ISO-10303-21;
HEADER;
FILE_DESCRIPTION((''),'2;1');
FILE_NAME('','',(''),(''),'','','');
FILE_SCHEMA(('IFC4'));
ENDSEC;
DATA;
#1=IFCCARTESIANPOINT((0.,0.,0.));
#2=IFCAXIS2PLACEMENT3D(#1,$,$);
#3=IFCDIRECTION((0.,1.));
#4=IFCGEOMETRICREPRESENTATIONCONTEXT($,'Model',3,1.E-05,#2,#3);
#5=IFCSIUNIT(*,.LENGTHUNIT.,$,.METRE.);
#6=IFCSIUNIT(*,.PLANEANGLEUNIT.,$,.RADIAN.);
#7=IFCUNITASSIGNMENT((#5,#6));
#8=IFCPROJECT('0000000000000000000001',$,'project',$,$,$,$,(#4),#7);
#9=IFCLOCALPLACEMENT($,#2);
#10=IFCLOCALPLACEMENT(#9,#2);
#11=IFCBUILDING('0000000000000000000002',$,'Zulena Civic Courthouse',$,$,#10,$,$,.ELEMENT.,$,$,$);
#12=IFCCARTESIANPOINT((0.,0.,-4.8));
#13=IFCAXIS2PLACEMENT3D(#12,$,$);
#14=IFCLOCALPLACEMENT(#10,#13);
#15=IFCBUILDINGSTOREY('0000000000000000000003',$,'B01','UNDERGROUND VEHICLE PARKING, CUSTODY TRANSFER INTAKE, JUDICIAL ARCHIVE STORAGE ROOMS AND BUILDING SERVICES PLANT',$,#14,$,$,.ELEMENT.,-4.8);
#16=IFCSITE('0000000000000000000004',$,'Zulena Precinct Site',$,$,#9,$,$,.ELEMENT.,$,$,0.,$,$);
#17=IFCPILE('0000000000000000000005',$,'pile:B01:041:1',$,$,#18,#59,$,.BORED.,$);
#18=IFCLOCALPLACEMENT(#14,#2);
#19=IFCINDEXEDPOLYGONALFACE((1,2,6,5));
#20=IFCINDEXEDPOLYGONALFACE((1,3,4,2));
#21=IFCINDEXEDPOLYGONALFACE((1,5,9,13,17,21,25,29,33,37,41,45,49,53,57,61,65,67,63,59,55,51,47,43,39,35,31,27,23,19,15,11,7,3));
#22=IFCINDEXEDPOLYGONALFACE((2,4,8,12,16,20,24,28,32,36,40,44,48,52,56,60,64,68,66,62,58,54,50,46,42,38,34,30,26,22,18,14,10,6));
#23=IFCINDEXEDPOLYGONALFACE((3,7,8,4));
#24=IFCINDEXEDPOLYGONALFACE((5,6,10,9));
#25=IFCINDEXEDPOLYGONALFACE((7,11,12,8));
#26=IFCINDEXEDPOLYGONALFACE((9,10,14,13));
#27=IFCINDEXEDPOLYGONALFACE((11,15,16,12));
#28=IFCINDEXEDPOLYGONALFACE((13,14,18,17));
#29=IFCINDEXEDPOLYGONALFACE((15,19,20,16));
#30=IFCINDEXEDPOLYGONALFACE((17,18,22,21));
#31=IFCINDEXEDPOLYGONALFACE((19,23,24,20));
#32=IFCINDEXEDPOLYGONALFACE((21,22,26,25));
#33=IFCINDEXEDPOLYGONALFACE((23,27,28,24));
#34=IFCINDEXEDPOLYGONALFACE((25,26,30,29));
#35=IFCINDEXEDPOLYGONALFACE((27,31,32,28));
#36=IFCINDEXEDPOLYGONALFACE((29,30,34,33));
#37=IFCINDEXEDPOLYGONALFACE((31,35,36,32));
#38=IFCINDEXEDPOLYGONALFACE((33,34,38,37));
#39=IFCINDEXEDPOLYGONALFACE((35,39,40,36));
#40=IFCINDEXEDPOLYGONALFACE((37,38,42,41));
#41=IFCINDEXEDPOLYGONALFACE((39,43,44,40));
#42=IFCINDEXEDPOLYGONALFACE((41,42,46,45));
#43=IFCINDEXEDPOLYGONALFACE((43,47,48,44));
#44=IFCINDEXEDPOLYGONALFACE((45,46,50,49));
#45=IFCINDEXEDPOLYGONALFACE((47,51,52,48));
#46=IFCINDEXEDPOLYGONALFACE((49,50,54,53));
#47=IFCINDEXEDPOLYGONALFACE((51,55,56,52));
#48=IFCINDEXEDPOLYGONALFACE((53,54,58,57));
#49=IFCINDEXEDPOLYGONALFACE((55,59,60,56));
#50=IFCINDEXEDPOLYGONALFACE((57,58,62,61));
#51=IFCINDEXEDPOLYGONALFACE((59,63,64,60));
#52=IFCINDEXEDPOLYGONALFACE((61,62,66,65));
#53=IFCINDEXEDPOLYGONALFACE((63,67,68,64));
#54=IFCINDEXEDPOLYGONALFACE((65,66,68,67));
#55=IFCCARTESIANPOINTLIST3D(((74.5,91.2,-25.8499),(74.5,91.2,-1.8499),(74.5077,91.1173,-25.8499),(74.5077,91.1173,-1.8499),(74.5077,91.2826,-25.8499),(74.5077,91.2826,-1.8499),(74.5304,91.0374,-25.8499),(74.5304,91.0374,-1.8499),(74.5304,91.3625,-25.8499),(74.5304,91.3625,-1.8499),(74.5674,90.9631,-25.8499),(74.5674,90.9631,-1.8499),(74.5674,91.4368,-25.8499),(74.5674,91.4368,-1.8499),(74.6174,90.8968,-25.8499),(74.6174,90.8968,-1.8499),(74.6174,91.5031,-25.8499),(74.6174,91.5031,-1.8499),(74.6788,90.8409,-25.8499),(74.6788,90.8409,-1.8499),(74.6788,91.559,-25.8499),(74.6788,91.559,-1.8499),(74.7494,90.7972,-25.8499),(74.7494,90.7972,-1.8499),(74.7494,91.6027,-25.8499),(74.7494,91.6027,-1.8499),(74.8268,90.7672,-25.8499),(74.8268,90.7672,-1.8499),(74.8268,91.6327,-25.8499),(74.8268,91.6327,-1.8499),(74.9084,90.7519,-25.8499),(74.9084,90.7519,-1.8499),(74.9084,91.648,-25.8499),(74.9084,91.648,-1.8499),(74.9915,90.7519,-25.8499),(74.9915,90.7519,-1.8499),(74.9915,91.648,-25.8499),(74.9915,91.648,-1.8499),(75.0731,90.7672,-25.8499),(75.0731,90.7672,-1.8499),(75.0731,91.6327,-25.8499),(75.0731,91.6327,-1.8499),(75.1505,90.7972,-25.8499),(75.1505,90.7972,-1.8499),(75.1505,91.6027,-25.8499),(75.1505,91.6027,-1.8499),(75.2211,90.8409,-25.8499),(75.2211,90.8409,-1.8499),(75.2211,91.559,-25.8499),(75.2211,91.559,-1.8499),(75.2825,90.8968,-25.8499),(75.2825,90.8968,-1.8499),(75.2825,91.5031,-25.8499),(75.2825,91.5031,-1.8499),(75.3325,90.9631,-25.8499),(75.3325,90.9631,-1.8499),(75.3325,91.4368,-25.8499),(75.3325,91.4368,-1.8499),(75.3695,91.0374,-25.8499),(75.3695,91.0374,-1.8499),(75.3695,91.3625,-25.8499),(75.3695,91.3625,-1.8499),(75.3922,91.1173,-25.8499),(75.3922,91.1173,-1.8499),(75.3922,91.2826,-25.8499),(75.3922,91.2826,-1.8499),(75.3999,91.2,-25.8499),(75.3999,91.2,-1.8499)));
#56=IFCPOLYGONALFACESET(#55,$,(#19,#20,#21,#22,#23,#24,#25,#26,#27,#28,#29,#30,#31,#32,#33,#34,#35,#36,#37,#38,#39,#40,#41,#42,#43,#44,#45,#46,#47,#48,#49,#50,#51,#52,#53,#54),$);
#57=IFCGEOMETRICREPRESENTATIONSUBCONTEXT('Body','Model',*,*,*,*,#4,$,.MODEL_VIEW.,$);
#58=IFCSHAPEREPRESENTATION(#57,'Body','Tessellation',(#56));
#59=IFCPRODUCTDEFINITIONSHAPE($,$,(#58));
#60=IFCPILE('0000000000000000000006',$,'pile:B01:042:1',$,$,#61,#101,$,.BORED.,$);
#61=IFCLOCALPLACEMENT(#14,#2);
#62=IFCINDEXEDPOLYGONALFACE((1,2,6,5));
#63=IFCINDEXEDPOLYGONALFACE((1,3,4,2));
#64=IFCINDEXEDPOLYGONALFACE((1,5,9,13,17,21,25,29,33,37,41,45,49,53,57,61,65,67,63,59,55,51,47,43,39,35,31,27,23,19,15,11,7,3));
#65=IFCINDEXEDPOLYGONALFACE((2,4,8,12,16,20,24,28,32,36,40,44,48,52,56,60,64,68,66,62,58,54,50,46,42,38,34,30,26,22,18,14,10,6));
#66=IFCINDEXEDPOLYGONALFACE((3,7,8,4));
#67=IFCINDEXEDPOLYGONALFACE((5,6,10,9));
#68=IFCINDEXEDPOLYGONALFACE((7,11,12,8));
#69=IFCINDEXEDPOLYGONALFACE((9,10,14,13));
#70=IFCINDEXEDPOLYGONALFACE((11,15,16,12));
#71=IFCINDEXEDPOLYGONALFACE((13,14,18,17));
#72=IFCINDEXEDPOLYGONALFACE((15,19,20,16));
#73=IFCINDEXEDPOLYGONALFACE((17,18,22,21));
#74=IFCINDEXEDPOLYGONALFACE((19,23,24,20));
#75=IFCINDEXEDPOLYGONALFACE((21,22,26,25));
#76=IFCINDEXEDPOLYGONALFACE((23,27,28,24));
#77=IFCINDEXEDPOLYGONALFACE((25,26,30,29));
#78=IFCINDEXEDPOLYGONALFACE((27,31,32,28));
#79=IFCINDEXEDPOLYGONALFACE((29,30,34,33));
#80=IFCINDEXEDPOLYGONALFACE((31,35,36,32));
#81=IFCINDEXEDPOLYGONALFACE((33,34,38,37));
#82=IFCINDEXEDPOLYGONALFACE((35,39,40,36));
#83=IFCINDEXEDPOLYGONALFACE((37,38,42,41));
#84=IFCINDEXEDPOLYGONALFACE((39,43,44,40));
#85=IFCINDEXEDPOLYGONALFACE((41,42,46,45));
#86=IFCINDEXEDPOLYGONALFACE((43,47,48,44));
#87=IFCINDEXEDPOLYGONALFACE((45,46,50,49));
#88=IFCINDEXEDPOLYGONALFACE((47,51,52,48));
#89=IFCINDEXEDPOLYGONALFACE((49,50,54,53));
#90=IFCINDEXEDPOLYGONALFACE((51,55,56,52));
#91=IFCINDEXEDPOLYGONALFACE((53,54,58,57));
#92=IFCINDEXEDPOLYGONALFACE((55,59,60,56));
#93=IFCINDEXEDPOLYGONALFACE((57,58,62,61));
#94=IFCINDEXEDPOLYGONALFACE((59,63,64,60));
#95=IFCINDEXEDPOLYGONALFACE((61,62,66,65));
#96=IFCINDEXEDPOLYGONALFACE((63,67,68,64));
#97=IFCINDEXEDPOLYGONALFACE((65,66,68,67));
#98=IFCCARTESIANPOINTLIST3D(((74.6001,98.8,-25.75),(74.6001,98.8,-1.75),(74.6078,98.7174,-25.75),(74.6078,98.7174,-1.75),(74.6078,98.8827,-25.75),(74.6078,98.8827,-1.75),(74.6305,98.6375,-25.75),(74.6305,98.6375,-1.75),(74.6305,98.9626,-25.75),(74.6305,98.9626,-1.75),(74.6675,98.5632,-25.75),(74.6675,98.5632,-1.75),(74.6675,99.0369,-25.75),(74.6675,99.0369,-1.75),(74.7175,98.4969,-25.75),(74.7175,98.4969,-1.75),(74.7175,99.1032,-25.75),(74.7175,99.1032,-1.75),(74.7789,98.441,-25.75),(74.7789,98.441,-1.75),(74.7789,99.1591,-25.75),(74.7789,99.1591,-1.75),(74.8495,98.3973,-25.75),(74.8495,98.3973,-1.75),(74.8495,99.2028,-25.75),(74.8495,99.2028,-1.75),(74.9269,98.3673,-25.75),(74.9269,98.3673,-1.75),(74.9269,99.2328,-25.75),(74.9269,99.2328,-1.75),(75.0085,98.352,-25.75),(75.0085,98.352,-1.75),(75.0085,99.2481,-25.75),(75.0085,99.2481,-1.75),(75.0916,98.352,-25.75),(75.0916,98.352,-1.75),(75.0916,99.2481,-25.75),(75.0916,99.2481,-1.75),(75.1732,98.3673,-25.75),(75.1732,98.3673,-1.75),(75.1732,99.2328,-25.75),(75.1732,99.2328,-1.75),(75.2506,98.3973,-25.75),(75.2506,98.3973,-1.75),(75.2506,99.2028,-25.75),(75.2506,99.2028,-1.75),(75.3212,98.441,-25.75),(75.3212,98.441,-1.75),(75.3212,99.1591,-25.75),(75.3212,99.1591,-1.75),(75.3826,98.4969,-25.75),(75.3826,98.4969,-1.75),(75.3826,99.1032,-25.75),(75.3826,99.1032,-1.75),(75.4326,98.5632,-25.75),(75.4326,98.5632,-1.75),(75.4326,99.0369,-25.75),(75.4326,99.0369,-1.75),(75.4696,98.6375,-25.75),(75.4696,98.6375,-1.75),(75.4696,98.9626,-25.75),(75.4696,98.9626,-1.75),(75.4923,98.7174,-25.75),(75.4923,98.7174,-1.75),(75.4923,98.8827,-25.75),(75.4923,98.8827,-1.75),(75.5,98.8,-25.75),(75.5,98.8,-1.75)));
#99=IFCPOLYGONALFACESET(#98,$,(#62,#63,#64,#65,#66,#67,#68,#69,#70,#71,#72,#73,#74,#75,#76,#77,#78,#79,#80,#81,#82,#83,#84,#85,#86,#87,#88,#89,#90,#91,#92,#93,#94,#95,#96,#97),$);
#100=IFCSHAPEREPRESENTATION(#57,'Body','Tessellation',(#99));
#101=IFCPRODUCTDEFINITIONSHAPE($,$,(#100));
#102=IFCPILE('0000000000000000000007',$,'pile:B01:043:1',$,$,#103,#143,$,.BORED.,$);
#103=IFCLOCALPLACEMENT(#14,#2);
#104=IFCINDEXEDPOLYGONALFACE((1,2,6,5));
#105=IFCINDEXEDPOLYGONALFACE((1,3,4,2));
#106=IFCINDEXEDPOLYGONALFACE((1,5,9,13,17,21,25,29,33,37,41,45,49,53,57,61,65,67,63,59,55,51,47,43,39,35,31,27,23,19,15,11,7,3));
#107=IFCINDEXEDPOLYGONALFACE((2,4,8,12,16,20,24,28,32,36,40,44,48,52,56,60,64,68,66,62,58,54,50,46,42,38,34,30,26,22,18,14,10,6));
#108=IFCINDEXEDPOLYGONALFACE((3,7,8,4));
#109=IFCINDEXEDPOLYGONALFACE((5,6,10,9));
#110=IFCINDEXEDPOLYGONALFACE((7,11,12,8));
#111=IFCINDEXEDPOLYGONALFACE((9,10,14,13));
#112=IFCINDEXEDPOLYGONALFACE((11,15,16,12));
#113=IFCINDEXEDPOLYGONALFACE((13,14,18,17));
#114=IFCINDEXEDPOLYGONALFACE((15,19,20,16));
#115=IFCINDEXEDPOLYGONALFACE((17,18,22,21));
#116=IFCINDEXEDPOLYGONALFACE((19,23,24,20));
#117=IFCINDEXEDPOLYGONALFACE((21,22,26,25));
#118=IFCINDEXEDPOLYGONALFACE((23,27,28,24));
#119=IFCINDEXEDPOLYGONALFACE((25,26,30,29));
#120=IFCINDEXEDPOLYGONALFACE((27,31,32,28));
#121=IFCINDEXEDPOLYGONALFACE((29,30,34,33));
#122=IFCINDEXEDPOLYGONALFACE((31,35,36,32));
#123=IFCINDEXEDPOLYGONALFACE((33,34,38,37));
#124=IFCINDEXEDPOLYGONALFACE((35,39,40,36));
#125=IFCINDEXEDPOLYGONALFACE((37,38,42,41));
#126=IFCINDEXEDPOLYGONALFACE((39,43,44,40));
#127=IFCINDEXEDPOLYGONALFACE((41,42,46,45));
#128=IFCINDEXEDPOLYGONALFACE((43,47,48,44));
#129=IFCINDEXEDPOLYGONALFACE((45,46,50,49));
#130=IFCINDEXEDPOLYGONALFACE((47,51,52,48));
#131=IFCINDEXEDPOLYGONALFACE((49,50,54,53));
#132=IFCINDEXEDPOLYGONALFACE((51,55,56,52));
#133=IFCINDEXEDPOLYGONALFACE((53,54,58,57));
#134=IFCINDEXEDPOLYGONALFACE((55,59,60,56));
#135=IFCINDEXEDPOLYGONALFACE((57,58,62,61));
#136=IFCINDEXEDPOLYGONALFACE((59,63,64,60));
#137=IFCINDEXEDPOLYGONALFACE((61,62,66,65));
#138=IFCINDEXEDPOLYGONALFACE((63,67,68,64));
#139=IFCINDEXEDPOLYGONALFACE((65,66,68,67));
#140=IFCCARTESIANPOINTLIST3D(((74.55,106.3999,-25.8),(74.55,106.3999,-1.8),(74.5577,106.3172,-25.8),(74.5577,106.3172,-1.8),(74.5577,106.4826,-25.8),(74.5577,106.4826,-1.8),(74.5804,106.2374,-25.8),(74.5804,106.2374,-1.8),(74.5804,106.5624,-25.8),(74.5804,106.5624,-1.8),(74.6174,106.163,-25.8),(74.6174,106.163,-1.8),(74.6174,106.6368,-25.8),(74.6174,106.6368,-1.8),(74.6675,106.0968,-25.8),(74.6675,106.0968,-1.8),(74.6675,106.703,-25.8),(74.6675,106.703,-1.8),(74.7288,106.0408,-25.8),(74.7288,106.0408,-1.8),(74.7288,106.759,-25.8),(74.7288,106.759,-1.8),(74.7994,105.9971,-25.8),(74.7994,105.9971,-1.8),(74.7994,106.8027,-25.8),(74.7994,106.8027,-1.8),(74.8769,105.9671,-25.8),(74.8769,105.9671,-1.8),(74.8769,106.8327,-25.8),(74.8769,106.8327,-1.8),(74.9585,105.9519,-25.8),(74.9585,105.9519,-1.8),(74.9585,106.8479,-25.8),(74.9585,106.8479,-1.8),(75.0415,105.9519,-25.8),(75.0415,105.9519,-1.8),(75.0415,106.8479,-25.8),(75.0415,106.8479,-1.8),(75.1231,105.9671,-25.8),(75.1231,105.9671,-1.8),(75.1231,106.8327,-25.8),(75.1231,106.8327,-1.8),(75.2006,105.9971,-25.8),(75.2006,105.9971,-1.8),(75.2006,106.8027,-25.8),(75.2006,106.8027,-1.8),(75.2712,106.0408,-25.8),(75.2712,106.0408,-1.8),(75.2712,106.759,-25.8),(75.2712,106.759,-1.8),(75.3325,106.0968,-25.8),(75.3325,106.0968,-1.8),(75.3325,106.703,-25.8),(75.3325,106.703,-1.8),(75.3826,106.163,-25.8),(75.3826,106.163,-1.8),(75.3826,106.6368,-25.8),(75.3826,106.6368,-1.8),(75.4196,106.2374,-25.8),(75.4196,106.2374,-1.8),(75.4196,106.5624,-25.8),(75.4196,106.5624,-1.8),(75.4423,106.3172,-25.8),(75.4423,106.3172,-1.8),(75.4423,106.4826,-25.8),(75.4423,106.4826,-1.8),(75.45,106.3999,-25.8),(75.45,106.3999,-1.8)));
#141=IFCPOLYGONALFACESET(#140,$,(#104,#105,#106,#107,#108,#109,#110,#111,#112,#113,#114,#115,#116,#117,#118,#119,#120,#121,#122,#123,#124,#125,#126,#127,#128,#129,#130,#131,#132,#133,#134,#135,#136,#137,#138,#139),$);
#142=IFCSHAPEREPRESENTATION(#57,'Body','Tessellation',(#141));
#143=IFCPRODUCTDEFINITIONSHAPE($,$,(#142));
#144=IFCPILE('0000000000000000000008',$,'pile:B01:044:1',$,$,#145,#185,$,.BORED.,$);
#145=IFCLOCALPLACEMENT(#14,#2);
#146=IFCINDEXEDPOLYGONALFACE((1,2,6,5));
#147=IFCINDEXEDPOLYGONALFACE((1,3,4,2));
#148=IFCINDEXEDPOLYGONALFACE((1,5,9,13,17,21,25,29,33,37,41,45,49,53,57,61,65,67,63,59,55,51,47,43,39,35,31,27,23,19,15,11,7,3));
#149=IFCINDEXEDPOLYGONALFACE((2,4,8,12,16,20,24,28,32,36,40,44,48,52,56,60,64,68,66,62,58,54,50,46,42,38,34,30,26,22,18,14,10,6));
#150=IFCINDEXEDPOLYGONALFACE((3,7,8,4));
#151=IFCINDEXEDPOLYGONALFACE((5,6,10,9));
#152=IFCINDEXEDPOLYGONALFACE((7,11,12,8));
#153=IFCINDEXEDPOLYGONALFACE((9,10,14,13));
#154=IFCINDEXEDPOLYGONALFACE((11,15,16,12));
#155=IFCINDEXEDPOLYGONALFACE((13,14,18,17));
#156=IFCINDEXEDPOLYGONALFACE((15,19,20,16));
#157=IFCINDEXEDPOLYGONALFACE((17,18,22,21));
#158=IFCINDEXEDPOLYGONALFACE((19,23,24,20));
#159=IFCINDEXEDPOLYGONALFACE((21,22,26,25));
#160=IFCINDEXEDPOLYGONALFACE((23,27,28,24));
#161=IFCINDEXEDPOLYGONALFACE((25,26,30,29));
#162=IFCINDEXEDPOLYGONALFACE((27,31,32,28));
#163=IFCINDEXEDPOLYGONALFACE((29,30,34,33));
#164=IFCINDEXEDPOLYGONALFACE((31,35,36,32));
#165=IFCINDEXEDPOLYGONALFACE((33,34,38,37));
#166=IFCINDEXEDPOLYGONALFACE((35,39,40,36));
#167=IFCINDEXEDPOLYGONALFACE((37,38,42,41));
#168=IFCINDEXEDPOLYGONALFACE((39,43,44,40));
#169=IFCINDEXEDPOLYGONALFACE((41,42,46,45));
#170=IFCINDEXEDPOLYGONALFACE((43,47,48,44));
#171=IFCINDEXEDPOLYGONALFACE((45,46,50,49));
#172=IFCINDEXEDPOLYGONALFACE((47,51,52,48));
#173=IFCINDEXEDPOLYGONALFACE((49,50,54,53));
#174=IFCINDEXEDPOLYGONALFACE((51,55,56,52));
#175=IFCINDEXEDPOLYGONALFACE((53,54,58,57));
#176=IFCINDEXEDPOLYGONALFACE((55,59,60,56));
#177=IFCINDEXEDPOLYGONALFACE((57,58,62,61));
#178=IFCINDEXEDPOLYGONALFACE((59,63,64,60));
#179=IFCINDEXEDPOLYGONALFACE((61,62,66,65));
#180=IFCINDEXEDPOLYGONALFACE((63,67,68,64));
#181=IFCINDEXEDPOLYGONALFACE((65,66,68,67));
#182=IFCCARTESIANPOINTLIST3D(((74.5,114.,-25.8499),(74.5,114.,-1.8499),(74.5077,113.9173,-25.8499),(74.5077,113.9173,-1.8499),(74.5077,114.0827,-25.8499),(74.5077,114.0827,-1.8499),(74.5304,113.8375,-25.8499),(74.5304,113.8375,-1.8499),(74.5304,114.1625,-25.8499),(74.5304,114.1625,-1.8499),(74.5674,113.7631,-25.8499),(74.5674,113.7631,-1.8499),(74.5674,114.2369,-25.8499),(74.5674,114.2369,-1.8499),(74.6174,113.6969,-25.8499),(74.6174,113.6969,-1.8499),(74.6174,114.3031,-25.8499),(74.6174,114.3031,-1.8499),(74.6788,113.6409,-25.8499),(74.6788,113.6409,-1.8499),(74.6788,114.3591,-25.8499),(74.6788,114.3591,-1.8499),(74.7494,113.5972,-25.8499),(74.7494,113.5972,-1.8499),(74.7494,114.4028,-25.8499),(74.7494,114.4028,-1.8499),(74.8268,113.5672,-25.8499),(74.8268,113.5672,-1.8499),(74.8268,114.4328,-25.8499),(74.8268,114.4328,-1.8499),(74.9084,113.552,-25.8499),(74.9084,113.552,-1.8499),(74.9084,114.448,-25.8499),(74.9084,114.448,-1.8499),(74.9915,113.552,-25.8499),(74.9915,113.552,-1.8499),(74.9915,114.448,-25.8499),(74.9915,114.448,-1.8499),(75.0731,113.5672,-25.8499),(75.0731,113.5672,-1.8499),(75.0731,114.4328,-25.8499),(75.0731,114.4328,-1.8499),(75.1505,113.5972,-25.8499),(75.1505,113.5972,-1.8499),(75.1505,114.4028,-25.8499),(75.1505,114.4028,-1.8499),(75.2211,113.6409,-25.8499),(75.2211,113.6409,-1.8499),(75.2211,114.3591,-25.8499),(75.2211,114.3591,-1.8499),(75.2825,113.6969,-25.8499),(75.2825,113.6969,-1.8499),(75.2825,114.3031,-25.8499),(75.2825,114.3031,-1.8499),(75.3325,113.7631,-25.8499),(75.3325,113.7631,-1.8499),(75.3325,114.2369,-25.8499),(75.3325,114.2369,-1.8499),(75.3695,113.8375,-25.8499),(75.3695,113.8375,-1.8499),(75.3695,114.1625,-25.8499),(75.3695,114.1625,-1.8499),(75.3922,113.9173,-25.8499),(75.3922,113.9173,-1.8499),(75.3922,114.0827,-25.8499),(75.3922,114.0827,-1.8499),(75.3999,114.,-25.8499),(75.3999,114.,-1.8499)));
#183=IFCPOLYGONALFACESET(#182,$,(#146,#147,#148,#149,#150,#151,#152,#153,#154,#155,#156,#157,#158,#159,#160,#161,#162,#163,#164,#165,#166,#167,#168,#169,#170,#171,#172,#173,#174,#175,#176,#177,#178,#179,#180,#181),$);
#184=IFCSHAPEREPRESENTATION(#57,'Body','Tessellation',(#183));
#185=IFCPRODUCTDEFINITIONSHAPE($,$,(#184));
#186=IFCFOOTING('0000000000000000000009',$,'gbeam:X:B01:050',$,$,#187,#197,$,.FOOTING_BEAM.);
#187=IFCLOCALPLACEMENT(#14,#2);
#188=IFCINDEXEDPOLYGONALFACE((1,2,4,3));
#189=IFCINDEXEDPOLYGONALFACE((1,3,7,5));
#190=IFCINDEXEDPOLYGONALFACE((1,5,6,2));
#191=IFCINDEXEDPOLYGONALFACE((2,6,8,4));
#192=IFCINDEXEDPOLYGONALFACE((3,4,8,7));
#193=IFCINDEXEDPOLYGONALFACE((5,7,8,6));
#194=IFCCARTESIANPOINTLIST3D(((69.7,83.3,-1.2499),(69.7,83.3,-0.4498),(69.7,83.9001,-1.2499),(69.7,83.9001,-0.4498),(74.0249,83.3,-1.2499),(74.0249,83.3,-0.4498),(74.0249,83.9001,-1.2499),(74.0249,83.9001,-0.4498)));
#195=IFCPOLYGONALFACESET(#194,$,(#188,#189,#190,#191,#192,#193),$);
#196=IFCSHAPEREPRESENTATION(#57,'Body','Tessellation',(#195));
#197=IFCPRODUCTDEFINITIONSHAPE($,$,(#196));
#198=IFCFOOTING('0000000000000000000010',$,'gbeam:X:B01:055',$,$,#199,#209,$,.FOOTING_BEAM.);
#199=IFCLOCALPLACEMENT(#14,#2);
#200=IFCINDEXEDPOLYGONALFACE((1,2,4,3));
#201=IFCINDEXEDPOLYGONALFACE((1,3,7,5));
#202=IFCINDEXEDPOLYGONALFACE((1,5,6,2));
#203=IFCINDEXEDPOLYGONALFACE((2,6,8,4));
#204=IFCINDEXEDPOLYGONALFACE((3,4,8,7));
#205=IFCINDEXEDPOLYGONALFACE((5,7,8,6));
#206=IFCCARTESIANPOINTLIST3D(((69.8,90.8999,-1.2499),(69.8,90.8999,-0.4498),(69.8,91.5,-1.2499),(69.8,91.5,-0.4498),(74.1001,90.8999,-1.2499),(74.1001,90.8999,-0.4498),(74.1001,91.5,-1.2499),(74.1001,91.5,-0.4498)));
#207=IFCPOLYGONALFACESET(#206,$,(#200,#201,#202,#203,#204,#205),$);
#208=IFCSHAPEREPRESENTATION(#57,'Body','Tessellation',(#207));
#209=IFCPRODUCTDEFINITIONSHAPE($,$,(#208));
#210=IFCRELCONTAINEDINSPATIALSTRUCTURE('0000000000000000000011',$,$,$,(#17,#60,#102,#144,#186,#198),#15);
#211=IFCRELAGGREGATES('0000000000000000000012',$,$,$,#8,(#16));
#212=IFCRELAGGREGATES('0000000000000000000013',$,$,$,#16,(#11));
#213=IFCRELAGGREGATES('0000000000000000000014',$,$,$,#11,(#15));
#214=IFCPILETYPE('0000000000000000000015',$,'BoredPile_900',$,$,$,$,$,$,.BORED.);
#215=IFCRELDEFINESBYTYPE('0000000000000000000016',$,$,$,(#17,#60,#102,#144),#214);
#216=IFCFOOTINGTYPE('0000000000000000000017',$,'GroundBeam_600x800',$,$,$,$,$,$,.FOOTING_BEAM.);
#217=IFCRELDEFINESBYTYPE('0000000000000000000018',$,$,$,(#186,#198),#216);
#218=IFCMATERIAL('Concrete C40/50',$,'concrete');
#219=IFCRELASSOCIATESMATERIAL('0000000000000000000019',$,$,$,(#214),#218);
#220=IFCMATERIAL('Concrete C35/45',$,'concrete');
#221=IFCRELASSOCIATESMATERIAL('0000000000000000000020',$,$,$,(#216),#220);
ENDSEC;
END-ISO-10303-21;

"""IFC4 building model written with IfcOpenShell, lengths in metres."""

from ifc_helpers import new_model, si_unit, direction, frame, origin, origin_2d, place, context, subcontext, project, spatial, rectangle, circle, extrude, material, material_profile, profile_set, type_object, element, save


model = new_model("IFC4")

# Units and contexts
model_context = context("Model", 3, precision=1e-05, world=origin(), true_north=direction((0.0, 1.0)))
body_context = subcontext(model_context, "Body", "Model", "MODEL_VIEW")
ifc_project = project(units=[si_unit("LENGTHUNIT", "METRE"), si_unit("PLANEANGLEUNIT", "RADIAN")], contexts=[model_context])

# Site, building, storey
site_placement = place(None, origin())
site = spatial("IfcSite", under=ifc_project, at=site_placement, Name="Zulena Precinct Site", CompositionType="ELEMENT", RefElevation=0.0)
building_placement = place(site_placement, origin())
building = spatial("IfcBuilding", under=site, at=building_placement, Name="Zulena Civic Courthouse", CompositionType="ELEMENT")
storey_placement = place(building_placement, frame((0.0, 0.0, -4.8)))
storey = spatial("IfcBuildingStorey", under=building, at=storey_placement, Name="B01", Description="UNDERGROUND VEHICLE PARKING, CUSTODY TRANSFER INTAKE, JUDICIAL ARCHIVE STORAGE ROOMS AND BUILDING SERVICES PLANT", CompositionType="ELEMENT", Elevation=-4.8)

# Piles
ifc_material_1 = material(Name="Concrete C40/50", Category="concrete")
ifc_material_profile_1 = material_profile(ifc_material_1, circle(Radius=0.45, at=origin_2d()), Name="PILE900")
ifc_profile_set_1 = profile_set([ifc_material_profile_1], Name="Concrete C40/50")
pile_type_1 = type_object("IfcPileType", Name="BoredPile_900", PredefinedType="BORED", material=ifc_profile_set_1)
for number, where, z_axis, x_axis, name in (
    (1, (74.95, 91.2, -1.8499), (0.0, 0.0, -1.0), (1.0, 0.0, 0.0), "pile:B01:041:1"),
    (2, (75.05, 98.8, -1.75), (0.0, 0.0, -1.0), (1.0, 0.0, 0.0), "pile:B01:042:1"),
    (3, (75.0, 106.3999, -1.8), (0.0, 0.0, -1.0), (1.0, 0.0, 0.0), "pile:B01:043:1"),
    (4, (74.95, 114.0, -1.8499), (0.0, 0.0, -1.0), (1.0, 0.0, 0.0), "pile:B01:044:1"),
):
    element("IfcPile", number, at=place(storey_placement, frame(where, z_axis=z_axis, x_axis=x_axis)), inside=storey, type_object=pile_type_1, Name=name, PredefinedType="BORED", context=body_context, shape_type="SweptSolid", body=[
        extrude(circle(Radius=0.45, at=origin_2d()), origin(), (0.0, 0.0, 1.0), 24.0),
    ])

# Footings
ifc_material_2 = material(Name="Concrete C35/45", Category="concrete")
ifc_material_profile_2 = material_profile(ifc_material_2, rectangle(XDim=0.6001, YDim=0.8, at=origin_2d()), Name="RC600X800")
ifc_profile_set_2 = profile_set([ifc_material_profile_2], Name="Concrete C35/45")
footing_type = type_object("IfcFootingType", Name="GroundBeam_600x800", PredefinedType="FOOTING_BEAM", material=ifc_profile_set_2)
footing_1_placement = place(storey_placement, frame((69.7, 83.6001, -0.8499), z_axis=(1.0, 0.0, 0.0), x_axis=(0.0, 1.0, 0.0)))
element("IfcFooting", 5, at=footing_1_placement, inside=storey, type_object=footing_type, Name="gbeam:X:B01:050", PredefinedType="FOOTING_BEAM", context=body_context, shape_type="SweptSolid", body=[
    extrude(rectangle(XDim=0.6001, YDim=0.8, at=origin_2d()), origin(), (0.0, 0.0, 1.0), 4.325),
])
footing_2_placement = place(storey_placement, frame((69.8, 91.2, -0.8499), z_axis=(1.0, 0.0, 0.0), x_axis=(0.0, 1.0, 0.0)))
element("IfcFooting", 6, at=footing_2_placement, inside=storey, type_object=footing_type, Name="gbeam:X:B01:055", PredefinedType="FOOTING_BEAM", context=body_context, shape_type="SweptSolid", body=[
    extrude(rectangle(XDim=0.6001, YDim=0.8, at=origin_2d()), origin(), (0.0, 0.0, 1.0), 4.3),
])

save(model, "model.ifc")
